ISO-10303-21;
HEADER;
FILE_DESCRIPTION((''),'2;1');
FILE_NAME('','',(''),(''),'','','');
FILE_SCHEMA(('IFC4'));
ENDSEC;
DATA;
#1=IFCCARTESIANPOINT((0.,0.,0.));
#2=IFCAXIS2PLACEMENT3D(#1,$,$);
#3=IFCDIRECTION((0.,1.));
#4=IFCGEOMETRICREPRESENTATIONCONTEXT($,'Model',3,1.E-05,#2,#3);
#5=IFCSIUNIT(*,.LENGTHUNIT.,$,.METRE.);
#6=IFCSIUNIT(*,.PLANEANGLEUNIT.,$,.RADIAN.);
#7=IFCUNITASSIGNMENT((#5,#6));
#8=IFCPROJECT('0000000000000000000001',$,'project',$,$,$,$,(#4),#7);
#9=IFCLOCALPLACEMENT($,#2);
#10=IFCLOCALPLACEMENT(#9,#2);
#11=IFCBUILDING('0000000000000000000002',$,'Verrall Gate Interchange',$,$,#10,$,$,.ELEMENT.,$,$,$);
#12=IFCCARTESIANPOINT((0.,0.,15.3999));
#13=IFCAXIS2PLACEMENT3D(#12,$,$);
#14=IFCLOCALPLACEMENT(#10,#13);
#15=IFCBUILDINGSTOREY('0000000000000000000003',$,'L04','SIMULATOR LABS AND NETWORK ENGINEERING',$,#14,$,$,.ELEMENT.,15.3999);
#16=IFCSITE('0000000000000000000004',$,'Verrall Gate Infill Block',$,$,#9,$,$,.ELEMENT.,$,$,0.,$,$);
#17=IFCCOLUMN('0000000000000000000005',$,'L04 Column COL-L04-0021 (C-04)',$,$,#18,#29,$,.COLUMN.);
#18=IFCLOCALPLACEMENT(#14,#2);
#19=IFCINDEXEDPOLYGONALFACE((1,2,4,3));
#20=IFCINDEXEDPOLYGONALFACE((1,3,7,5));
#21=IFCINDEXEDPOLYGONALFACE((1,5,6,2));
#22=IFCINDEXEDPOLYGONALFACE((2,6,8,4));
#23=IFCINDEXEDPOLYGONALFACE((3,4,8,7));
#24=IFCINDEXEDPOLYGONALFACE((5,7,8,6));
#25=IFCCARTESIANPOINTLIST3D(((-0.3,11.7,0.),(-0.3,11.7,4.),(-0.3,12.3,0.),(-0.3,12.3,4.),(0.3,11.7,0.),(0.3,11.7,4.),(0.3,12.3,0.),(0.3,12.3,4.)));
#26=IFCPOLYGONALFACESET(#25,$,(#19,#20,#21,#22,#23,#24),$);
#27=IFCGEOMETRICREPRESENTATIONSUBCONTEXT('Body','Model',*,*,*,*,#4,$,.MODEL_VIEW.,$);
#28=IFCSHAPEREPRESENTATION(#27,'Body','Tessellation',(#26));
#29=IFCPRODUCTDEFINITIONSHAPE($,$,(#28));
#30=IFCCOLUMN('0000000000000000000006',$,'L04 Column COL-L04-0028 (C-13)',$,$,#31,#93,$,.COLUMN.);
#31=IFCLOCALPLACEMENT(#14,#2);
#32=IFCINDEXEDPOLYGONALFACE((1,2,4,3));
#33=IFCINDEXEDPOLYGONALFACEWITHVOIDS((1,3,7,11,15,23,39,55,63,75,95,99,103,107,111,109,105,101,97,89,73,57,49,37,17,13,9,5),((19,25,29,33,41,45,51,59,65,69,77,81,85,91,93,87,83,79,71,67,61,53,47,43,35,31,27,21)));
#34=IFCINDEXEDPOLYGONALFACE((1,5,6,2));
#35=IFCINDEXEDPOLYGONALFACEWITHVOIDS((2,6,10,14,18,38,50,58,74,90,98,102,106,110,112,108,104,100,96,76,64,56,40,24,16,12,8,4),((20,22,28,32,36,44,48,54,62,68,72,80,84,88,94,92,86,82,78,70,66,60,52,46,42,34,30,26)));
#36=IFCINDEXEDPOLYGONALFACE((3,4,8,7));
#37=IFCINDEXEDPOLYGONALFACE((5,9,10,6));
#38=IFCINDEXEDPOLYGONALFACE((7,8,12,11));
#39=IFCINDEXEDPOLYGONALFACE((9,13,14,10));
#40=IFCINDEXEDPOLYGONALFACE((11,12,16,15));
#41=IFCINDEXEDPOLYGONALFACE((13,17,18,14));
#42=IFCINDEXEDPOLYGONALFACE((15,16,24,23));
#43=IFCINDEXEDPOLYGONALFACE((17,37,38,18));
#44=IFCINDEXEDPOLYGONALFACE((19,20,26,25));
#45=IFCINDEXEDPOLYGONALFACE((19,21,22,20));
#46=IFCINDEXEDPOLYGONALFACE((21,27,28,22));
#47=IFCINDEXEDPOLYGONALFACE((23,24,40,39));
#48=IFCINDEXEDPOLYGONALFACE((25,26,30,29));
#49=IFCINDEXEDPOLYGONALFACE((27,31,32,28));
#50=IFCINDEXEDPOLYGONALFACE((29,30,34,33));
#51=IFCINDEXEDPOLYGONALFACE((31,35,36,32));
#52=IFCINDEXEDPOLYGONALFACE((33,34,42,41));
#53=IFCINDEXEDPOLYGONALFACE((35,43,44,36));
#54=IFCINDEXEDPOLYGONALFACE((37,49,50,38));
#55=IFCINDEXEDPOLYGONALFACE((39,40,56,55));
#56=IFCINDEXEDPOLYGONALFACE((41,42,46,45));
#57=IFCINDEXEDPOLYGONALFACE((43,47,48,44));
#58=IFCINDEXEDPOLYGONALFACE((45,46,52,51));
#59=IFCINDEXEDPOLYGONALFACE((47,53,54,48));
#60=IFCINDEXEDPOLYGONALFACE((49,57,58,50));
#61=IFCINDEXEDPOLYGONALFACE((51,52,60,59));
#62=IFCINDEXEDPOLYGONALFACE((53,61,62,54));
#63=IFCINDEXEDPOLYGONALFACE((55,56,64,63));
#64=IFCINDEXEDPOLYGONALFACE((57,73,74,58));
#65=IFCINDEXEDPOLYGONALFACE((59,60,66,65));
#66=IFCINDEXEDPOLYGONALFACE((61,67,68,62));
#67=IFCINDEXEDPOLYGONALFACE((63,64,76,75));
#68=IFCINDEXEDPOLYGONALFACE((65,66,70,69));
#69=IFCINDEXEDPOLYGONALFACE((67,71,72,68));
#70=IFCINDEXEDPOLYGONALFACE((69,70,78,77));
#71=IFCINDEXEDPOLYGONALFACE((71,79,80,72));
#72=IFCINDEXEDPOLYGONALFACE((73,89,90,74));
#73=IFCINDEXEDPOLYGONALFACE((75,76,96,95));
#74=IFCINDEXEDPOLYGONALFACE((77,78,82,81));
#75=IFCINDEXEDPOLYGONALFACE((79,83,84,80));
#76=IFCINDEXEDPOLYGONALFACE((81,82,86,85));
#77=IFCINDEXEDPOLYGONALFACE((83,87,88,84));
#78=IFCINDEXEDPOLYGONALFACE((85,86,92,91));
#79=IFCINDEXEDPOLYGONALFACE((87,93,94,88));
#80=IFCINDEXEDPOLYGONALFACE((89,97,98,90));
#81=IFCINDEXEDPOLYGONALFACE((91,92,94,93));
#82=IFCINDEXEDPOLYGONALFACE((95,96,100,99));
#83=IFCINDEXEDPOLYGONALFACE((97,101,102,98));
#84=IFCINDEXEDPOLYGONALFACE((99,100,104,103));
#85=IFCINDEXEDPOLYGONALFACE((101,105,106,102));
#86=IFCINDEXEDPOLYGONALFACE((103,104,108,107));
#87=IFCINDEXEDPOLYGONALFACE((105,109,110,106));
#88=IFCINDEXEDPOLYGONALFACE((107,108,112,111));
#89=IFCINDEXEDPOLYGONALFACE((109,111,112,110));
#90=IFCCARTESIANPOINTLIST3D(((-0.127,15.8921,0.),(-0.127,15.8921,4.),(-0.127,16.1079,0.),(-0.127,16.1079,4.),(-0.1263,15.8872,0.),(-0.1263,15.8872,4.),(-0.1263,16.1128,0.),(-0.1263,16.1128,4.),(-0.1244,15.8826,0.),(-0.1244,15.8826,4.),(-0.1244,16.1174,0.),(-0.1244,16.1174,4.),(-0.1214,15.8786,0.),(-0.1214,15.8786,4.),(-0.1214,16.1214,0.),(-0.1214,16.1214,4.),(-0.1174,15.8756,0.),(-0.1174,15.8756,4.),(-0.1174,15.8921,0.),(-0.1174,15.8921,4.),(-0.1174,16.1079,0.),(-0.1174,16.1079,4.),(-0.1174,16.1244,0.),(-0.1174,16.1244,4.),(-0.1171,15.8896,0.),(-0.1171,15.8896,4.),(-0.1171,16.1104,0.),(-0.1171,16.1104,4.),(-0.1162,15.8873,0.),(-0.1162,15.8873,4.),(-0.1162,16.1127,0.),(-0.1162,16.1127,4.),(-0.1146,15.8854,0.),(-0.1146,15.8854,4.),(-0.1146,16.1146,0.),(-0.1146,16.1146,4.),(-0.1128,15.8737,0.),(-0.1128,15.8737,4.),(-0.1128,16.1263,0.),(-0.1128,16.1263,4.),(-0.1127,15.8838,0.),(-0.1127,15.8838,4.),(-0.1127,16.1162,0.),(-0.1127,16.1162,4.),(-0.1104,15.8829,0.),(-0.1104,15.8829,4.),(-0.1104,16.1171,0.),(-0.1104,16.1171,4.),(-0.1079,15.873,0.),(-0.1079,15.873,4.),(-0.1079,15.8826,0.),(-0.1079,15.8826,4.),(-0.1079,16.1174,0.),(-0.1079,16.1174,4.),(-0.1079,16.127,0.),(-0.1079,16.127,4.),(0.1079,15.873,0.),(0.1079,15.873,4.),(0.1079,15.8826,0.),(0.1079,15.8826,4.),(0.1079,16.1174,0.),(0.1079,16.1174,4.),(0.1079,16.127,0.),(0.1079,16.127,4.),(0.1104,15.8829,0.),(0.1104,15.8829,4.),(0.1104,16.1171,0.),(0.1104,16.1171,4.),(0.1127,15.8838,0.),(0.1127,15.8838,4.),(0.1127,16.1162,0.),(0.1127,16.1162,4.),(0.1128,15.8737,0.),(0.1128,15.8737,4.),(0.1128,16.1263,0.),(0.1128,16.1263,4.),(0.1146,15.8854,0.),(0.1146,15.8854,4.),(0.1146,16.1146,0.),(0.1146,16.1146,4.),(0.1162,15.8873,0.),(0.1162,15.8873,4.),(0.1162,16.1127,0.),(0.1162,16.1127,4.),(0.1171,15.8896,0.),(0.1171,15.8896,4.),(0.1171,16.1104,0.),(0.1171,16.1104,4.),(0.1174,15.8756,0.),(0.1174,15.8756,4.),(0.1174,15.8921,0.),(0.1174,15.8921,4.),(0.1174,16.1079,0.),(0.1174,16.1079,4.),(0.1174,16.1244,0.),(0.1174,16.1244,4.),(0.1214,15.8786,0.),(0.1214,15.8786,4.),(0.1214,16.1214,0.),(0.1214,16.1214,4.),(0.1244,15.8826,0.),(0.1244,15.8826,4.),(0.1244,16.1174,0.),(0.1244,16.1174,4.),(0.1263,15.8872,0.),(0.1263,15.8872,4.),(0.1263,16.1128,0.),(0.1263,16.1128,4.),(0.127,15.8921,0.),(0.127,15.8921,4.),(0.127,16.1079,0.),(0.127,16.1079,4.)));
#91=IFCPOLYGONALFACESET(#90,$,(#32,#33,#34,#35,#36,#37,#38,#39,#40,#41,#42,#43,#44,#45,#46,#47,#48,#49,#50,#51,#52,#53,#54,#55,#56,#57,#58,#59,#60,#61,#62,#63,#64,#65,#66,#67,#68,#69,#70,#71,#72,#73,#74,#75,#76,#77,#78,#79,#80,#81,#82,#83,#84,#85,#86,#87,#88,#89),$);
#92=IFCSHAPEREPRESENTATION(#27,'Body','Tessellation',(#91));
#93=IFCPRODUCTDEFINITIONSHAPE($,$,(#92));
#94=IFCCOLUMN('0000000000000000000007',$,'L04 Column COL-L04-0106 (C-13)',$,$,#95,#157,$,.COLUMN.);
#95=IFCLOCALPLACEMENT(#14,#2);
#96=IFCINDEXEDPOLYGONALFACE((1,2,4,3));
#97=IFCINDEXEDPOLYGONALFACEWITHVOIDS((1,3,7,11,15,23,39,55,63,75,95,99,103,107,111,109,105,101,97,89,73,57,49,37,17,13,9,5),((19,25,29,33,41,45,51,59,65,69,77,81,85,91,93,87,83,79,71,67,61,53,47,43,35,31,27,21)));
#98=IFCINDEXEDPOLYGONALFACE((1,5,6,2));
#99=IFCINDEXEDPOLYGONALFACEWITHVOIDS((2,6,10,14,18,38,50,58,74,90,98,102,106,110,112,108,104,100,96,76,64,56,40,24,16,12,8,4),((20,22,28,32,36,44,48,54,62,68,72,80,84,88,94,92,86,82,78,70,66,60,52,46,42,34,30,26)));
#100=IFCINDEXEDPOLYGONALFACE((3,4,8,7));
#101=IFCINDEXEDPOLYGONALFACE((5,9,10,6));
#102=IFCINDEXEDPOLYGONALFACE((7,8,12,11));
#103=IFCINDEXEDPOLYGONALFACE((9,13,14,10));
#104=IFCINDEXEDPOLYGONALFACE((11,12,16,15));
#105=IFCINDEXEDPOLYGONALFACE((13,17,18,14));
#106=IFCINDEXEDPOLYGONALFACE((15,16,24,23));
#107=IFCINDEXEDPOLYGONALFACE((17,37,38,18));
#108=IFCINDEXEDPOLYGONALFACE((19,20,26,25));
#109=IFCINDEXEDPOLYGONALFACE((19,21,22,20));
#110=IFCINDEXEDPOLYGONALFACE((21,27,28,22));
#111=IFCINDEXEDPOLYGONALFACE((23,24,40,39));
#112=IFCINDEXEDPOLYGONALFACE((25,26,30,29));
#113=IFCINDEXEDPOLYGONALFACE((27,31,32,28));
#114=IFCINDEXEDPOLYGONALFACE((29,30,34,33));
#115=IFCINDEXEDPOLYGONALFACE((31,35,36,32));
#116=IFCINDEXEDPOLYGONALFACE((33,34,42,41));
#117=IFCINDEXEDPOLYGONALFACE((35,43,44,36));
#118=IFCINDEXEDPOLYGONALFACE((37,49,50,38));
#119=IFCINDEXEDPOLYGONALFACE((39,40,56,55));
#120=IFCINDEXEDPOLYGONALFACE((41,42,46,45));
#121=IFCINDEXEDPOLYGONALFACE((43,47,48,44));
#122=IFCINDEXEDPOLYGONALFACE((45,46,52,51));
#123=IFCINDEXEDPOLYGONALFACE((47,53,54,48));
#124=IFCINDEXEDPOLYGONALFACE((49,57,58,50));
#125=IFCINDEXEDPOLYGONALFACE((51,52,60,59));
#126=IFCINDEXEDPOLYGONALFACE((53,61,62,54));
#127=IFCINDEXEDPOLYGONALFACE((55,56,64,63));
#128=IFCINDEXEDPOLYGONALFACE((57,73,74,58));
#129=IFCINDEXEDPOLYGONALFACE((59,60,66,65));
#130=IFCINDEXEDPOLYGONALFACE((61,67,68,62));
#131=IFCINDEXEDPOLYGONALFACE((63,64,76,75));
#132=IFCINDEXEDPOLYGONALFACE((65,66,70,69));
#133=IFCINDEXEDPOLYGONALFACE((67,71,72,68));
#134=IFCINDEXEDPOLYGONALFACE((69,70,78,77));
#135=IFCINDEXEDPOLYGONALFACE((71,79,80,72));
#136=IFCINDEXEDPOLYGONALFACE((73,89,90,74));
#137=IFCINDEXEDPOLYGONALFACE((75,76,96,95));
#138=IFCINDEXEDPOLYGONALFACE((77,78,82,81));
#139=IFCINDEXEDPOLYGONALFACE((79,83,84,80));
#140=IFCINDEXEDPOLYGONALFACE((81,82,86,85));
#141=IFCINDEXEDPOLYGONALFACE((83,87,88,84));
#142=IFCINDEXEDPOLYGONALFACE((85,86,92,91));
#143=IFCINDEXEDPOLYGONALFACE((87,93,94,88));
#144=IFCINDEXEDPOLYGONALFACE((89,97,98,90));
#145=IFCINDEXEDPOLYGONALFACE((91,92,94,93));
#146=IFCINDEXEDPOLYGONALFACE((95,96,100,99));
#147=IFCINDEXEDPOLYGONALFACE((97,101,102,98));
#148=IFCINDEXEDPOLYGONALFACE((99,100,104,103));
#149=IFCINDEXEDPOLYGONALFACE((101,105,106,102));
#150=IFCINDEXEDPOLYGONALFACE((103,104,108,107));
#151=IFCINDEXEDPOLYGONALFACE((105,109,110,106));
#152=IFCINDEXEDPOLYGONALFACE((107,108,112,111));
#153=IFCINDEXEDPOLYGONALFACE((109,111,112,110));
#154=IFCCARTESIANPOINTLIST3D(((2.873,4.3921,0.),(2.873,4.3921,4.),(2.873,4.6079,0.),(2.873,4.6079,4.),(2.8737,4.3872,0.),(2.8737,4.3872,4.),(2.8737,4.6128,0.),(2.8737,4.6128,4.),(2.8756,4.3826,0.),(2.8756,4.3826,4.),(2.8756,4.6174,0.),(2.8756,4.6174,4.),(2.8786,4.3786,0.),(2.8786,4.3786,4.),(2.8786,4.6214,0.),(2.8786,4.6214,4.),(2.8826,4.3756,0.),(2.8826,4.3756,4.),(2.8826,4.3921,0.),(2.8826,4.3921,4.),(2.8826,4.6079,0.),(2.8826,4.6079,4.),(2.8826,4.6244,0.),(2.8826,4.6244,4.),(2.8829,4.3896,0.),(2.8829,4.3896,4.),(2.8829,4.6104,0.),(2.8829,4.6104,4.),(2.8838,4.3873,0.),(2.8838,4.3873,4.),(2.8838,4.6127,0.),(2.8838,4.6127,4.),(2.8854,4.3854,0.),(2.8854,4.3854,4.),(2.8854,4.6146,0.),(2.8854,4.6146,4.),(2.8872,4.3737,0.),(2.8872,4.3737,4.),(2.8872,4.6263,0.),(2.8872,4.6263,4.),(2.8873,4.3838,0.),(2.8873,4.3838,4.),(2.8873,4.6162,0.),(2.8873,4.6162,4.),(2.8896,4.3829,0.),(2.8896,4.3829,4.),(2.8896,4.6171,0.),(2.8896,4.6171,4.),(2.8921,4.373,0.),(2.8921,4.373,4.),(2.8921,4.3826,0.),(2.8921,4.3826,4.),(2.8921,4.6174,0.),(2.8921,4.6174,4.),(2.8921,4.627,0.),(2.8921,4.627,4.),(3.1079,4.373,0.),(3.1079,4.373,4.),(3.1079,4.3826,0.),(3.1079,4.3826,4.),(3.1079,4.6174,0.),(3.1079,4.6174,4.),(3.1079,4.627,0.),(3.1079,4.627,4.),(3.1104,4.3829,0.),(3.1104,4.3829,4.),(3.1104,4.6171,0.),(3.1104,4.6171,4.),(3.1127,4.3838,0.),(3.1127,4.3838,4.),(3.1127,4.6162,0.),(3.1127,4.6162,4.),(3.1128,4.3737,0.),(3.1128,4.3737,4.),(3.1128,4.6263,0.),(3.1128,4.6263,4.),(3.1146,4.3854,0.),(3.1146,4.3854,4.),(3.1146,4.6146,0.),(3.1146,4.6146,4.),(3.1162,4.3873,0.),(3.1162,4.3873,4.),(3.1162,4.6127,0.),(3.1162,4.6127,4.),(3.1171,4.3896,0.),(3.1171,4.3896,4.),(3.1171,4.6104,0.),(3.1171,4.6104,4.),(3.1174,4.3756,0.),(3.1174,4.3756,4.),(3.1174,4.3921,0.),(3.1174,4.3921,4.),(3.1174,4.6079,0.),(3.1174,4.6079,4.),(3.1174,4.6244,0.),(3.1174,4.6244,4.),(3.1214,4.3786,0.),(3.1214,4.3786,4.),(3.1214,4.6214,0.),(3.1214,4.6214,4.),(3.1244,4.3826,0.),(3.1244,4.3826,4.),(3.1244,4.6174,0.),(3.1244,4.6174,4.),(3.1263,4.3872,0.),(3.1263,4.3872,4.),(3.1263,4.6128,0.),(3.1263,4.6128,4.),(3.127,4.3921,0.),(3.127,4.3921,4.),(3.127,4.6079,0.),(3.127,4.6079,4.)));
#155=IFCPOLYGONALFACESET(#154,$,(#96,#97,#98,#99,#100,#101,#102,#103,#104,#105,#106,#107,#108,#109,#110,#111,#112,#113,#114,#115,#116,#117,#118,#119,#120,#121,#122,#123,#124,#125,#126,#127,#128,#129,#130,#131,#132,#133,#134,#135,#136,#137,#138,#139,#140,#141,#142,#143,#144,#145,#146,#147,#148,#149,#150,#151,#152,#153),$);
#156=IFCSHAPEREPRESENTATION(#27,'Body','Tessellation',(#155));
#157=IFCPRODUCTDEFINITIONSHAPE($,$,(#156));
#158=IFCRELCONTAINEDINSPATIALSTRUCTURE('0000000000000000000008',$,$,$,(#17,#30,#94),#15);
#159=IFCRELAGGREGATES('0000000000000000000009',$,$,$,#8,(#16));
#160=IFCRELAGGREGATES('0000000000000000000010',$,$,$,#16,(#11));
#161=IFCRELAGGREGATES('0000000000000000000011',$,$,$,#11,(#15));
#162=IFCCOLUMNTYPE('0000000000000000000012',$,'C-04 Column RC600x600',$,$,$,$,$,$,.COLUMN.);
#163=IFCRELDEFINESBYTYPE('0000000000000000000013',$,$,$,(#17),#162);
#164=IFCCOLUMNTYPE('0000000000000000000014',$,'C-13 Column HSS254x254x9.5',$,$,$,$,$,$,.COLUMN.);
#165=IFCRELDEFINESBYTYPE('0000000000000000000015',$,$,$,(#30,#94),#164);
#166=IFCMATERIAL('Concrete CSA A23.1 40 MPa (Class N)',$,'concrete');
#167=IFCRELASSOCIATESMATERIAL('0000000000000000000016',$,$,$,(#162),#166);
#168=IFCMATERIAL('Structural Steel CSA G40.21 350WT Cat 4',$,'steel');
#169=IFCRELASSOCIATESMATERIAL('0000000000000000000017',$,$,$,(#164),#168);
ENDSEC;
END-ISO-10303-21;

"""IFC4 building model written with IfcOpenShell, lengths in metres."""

from ifc_helpers import new_model, si_unit, direction, frame, origin, origin_2d, place, context, subcontext, project, spatial, rectangle, hollow_rectangle, extrude, material, material_profile, profile_set, type_object, element, save


model = new_model("IFC4")

# Units and contexts
model_context = context("Model", 3, precision=1e-05, world=origin(), true_north=direction((0.0, 1.0)))
body_context = subcontext(model_context, "Body", "Model", "MODEL_VIEW")
ifc_project = project(units=[si_unit("LENGTHUNIT", "METRE"), si_unit("PLANEANGLEUNIT", "RADIAN")], contexts=[model_context])

# Site, building, storey
site_placement = place(None, origin())
site = spatial("IfcSite", under=ifc_project, at=site_placement, Name="Verrall Gate Infill Block", CompositionType="ELEMENT", RefElevation=0.0)
building_placement = place(site_placement, origin())
building = spatial("IfcBuilding", under=site, at=building_placement, Name="Verrall Gate Interchange", CompositionType="ELEMENT")
storey_placement = place(building_placement, frame((0.0, 0.0, 15.3999)))
storey = spatial("IfcBuildingStorey", under=building, at=storey_placement, Name="L04", Description="SIMULATOR LABS AND NETWORK ENGINEERING", CompositionType="ELEMENT", Elevation=15.3999)

# Columns
ifc_material_1 = material(Name="Concrete CSA A23.1 40 MPa (Class N)", Category="concrete")
ifc_material_profile_1 = material_profile(ifc_material_1, rectangle(XDim=0.6001, YDim=0.6001, at=origin_2d()), Name="RC600x600")
ifc_profile_set_1 = profile_set([ifc_material_profile_1], Name="Concrete CSA A23.1 40 MPa (Class N)")
column_type_1 = type_object("IfcColumnType", Name="C-04 Column RC600x600", PredefinedType="COLUMN", material=ifc_profile_set_1)
column_placement = place(storey_placement, frame((0.0, 12.0, 0.0), z_axis=(0.0, 0.0, 1.0), x_axis=(1.0, 0.0, 0.0)))
element("IfcColumn", 1, at=column_placement, inside=storey, type_object=column_type_1, Name="L04 Column COL-L04-0021 (C-04)", PredefinedType="COLUMN", context=body_context, shape_type="SweptSolid", body=[
    extrude(rectangle(XDim=0.6001, YDim=0.6001, at=origin_2d()), origin(), (0.0, 0.0, 1.0), 4.0),
])
ifc_material_2 = material(Name="Structural Steel CSA G40.21 350WT Cat 4", Category="steel")
ifc_material_profile_2 = material_profile(ifc_material_2, hollow_rectangle(XDim=0.2539, YDim=0.2539, WallThickness=0.0095, InnerFilletRadius=0.0095, OuterFilletRadius=0.019, at=origin_2d()), Name="HSS254x254x9.5")
ifc_profile_set_2 = profile_set([ifc_material_profile_2], Name="Structural Steel CSA G40.21 350WT Cat 4")
column_type_2 = type_object("IfcColumnType", Name="C-13 Column HSS254x254x9.5", PredefinedType="COLUMN", material=ifc_profile_set_2)
for number, where, z_axis, x_axis, name in (
    (2, (0.0, 16.0, 0.0), (0.0, 0.0, 1.0), (1.0, 0.0, 0.0), "L04 Column COL-L04-0028 (C-13)"),
    (3, (3.0, 4.5, 0.0), (0.0, 0.0, 1.0), (1.0, 0.0, 0.0), "L04 Column COL-L04-0106 (C-13)"),
):
    element("IfcColumn", number, at=place(storey_placement, frame(where, z_axis=z_axis, x_axis=x_axis)), inside=storey, type_object=column_type_2, Name=name, PredefinedType="COLUMN", context=body_context, shape_type="SweptSolid", body=[
        extrude(hollow_rectangle(XDim=0.2539, YDim=0.2539, WallThickness=0.0095, InnerFilletRadius=0.0095, OuterFilletRadius=0.019, at=origin_2d()), origin(), (0.0, 0.0, 1.0), 4.0),
    ])

save(model, "model.ifc")
